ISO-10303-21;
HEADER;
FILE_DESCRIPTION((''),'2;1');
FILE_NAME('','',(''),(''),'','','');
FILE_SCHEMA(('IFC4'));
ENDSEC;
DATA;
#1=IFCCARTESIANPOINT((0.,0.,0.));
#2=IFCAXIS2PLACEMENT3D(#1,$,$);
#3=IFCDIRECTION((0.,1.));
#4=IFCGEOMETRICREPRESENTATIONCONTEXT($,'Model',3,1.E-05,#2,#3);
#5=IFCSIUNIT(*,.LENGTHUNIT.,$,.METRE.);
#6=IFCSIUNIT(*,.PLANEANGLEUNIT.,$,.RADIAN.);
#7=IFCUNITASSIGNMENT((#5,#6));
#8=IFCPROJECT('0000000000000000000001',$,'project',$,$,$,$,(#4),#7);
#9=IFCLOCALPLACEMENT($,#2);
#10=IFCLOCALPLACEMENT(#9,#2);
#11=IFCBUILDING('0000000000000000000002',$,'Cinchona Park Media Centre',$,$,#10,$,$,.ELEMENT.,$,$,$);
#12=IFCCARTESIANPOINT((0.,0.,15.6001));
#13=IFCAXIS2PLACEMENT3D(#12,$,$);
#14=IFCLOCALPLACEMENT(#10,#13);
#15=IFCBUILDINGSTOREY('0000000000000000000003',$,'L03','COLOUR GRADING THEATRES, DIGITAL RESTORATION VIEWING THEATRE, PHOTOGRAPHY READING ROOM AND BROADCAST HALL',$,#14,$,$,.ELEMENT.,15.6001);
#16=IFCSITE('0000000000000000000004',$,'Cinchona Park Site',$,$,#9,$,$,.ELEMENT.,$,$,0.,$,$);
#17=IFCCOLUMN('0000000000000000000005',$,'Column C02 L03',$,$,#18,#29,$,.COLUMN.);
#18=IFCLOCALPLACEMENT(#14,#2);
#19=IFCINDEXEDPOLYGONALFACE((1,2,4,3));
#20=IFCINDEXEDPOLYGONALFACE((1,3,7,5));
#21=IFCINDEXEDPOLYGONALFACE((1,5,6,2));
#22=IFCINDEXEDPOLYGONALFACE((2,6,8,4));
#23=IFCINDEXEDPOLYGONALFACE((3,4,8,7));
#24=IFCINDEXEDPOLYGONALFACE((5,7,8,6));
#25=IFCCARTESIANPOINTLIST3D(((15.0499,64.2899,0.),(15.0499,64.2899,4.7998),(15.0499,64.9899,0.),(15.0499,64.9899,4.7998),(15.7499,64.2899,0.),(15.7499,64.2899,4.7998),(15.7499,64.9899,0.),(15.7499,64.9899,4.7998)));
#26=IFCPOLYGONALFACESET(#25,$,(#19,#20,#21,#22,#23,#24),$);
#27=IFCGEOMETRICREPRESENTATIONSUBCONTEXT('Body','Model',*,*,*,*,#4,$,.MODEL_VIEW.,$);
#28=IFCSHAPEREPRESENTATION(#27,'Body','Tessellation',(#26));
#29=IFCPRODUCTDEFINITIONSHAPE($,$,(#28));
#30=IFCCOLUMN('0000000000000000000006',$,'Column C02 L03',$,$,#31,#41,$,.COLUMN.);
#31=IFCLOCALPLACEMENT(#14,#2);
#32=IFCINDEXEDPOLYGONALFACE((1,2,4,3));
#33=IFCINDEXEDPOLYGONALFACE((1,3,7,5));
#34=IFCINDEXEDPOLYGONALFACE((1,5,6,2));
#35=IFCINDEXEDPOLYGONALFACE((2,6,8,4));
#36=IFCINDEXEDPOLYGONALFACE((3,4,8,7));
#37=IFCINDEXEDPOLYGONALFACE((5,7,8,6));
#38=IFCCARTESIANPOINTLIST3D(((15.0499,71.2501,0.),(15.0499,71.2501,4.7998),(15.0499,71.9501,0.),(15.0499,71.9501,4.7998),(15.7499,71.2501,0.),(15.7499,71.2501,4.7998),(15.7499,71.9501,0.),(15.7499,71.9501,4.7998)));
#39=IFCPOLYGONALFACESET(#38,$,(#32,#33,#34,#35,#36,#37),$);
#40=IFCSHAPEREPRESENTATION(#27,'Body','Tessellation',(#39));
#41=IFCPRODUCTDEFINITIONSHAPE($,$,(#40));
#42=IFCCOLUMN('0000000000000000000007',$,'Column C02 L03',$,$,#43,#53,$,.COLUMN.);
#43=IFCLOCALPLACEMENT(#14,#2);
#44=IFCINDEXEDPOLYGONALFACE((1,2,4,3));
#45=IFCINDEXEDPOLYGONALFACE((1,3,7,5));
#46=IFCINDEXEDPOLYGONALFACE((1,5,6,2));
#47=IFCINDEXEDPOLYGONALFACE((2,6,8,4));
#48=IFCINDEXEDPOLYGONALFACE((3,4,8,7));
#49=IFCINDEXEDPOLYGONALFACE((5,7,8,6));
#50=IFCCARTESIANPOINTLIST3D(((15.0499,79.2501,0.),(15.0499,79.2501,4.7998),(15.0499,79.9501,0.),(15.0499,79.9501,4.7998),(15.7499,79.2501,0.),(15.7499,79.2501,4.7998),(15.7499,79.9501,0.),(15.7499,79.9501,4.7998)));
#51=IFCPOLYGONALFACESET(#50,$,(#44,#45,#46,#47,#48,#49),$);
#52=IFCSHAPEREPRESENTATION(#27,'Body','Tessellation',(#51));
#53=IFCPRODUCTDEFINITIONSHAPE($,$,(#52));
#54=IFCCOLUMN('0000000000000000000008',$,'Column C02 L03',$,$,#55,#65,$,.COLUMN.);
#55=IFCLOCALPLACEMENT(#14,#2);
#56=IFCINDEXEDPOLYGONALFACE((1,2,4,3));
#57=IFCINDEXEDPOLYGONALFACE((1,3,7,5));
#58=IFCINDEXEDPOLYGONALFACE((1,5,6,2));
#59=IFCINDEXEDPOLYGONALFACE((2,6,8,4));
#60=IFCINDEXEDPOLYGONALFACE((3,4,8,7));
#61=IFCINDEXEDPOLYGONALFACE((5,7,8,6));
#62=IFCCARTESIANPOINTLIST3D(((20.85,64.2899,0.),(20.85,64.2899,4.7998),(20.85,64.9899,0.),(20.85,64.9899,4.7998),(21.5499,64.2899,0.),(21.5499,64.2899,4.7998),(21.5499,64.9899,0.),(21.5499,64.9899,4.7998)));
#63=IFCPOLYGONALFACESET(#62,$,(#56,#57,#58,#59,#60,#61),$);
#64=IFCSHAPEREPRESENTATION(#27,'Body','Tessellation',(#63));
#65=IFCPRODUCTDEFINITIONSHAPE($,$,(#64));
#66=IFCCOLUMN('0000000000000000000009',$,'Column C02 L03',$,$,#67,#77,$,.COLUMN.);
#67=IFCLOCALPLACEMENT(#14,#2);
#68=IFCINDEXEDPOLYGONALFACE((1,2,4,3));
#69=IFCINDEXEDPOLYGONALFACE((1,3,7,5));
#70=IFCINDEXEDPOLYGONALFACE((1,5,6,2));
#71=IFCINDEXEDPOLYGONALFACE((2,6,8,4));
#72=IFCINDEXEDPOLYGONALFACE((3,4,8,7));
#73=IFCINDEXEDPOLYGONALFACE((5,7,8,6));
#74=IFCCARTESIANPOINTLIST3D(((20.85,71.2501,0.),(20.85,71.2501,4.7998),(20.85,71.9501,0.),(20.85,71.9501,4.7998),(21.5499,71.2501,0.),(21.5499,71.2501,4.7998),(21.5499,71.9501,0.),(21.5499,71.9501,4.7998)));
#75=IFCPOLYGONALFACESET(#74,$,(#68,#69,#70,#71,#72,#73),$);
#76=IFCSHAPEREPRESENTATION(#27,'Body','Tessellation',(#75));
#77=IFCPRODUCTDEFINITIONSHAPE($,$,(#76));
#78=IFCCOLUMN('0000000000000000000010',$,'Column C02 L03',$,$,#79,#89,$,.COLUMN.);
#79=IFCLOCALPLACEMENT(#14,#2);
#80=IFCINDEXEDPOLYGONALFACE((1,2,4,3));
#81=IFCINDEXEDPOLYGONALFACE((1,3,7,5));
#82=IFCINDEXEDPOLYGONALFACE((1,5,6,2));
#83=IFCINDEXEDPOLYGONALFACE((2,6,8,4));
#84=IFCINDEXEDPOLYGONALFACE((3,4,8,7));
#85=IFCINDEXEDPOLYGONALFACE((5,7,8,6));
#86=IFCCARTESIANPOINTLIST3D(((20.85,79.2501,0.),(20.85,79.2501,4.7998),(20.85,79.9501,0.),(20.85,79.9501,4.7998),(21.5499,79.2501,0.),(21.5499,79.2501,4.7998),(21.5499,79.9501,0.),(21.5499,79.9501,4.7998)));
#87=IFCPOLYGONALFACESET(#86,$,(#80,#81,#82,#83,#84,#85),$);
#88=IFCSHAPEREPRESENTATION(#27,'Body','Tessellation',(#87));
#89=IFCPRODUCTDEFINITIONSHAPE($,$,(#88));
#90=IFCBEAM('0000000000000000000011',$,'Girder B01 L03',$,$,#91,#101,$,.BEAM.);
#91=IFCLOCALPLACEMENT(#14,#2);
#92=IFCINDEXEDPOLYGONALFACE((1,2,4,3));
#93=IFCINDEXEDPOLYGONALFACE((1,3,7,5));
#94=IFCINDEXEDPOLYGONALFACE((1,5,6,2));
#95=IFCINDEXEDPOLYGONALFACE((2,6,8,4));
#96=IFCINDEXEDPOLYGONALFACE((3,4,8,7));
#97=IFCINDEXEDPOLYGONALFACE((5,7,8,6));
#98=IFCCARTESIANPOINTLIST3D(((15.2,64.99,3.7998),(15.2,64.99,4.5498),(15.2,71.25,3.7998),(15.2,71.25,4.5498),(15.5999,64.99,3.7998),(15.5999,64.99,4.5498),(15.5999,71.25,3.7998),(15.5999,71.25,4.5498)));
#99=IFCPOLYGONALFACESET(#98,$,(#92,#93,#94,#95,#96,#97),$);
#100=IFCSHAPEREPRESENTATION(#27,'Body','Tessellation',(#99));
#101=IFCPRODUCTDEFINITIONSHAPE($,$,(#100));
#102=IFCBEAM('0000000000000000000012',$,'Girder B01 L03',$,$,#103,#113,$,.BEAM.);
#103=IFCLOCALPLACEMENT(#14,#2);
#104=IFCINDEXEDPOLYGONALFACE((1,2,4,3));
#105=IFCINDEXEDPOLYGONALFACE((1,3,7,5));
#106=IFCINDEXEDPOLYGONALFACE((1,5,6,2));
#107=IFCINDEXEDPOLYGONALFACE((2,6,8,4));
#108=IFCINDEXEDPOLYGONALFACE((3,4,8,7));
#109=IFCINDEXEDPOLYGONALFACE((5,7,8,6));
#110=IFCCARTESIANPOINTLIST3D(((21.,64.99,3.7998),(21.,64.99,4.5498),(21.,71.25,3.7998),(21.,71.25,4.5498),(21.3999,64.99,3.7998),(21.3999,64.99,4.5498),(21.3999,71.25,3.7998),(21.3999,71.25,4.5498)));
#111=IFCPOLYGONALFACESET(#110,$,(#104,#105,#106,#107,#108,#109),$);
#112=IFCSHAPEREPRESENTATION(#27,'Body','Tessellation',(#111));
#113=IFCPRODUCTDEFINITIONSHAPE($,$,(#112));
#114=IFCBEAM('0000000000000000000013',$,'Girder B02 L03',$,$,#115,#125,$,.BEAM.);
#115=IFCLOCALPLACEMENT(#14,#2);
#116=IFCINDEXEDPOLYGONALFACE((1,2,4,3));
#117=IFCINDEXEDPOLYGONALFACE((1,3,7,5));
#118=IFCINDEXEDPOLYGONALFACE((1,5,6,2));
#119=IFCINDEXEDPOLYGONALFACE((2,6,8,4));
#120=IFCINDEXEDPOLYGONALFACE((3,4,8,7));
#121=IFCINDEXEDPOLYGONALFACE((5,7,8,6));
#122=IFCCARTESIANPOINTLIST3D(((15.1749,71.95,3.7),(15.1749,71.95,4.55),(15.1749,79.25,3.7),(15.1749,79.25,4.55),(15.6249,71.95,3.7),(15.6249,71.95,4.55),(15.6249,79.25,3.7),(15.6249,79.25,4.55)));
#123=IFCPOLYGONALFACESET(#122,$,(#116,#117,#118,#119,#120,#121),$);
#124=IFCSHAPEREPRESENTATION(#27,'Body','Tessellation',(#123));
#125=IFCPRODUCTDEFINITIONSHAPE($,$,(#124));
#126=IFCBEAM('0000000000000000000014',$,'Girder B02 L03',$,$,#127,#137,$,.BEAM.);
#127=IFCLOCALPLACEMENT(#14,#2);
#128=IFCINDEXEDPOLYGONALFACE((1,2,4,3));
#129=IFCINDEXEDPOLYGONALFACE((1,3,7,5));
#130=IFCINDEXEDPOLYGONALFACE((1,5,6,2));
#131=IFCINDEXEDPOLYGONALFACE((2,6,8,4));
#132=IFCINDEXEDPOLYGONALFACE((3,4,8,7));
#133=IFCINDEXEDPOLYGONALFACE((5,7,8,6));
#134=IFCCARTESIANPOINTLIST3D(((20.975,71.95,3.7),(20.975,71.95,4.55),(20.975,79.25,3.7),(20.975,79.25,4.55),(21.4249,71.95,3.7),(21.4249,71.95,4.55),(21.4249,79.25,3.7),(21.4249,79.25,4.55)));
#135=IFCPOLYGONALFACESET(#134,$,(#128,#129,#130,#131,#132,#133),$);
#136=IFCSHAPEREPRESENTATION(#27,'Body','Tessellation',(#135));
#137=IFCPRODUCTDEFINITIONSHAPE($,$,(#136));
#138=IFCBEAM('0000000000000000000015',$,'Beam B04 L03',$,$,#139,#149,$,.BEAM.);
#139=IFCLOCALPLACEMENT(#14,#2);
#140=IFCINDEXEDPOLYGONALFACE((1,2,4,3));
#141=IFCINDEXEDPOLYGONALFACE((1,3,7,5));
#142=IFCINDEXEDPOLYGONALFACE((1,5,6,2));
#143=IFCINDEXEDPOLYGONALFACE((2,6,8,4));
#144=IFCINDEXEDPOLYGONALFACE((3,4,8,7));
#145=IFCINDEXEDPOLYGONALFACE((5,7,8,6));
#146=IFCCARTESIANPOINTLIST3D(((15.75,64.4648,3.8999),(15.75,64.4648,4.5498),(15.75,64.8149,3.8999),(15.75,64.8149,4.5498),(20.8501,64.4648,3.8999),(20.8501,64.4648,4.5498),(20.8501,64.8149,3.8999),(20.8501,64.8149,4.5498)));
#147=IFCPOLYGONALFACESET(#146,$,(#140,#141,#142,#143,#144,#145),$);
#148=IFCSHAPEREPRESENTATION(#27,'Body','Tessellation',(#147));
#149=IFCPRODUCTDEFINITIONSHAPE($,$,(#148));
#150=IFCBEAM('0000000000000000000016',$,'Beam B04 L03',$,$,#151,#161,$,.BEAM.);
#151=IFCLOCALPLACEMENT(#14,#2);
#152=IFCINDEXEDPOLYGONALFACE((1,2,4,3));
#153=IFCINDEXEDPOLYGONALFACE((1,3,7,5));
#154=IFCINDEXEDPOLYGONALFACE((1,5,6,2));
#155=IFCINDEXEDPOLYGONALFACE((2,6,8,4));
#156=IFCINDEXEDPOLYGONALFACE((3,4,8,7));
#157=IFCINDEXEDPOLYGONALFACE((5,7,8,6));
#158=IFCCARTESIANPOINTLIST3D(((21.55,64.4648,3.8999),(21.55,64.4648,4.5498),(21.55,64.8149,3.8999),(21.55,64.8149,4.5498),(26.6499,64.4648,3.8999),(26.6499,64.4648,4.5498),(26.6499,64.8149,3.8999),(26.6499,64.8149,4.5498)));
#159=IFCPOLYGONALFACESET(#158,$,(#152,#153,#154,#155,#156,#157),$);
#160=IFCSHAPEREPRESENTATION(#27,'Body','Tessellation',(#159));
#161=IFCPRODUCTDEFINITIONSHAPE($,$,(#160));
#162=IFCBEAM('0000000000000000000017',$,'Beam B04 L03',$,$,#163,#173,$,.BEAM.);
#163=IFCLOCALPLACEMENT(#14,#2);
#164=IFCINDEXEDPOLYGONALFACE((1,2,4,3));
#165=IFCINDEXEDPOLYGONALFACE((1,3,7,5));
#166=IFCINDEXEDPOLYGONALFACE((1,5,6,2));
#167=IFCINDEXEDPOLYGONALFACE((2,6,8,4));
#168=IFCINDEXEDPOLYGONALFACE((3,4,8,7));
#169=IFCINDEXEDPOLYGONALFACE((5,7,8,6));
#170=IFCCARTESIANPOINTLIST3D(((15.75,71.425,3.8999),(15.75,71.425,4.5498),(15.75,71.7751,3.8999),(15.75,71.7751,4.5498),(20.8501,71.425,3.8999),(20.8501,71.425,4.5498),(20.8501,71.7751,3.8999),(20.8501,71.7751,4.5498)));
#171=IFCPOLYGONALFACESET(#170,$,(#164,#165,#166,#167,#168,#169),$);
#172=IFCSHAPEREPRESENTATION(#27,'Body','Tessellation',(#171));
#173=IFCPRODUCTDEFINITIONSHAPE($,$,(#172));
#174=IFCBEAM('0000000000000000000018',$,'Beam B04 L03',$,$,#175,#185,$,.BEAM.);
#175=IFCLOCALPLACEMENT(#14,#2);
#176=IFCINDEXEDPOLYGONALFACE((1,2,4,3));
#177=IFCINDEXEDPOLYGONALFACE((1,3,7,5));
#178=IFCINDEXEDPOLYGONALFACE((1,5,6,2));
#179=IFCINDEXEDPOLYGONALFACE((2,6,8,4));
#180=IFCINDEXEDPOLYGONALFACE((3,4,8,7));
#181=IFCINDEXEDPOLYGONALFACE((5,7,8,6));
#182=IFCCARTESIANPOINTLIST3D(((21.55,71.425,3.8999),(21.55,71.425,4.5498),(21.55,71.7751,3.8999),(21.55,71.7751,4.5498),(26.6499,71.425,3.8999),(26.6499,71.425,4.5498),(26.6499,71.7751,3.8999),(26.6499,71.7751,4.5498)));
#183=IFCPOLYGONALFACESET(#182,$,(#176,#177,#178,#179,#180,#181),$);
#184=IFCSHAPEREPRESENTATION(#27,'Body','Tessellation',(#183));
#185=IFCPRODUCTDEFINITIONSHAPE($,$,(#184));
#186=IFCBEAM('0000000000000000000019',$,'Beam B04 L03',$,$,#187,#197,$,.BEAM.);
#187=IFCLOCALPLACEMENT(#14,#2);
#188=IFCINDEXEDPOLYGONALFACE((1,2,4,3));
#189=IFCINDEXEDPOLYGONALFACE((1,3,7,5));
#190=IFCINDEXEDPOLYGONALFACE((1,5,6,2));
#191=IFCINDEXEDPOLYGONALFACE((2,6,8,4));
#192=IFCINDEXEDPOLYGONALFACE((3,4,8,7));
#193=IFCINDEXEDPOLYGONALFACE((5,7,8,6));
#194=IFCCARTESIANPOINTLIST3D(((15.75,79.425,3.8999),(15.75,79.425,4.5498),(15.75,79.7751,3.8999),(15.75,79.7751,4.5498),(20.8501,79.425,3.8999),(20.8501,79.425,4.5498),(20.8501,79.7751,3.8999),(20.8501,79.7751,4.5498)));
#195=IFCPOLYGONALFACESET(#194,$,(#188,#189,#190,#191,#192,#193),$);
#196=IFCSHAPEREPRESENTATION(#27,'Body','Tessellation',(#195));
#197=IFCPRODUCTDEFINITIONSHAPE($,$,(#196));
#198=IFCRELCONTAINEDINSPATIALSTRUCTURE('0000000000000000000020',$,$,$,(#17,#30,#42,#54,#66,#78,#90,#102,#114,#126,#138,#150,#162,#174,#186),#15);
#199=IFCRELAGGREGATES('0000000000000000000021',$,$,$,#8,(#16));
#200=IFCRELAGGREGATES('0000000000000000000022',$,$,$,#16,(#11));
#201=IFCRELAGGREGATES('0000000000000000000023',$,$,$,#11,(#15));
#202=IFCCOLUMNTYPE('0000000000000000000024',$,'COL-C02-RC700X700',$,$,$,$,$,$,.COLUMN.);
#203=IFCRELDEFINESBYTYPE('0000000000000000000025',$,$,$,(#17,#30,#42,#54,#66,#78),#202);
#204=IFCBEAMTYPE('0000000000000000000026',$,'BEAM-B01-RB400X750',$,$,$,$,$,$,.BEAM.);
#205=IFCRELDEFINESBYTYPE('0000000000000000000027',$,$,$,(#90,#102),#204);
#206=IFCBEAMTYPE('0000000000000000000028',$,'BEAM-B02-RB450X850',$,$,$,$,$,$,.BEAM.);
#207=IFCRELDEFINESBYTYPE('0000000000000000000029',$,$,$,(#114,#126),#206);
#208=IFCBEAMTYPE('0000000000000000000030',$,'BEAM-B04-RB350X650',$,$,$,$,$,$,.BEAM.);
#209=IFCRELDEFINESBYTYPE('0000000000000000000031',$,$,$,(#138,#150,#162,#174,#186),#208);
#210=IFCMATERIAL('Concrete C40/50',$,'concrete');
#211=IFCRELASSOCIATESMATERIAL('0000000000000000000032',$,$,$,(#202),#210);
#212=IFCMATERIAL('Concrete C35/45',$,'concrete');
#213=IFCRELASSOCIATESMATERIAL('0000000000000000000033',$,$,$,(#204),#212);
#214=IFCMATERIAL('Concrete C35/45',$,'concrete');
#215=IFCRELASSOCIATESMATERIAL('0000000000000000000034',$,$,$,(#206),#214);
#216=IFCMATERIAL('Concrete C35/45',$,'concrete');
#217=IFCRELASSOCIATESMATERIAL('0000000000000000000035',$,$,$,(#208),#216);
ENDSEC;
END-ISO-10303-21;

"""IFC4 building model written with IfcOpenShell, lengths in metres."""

from ifc_helpers import new_model, si_unit, direction, frame, origin, origin_2d, place, context, subcontext, project, spatial, rectangle, extrude, material, material_profile, profile_set, type_object, element, save


model = new_model("IFC4")

# Units and contexts
model_context = context("Model", 3, precision=1e-05, world=origin(), true_north=direction((0.0, 1.0)))
body_context = subcontext(model_context, "Body", "Model", "MODEL_VIEW")
ifc_project = project(units=[si_unit("LENGTHUNIT", "METRE"), si_unit("PLANEANGLEUNIT", "RADIAN")], contexts=[model_context])

# Site, building, storey
site_placement = place(None, origin())
site = spatial("IfcSite", under=ifc_project, at=site_placement, Name="Cinchona Park Site", CompositionType="ELEMENT", RefElevation=0.0)
building_placement = place(site_placement, origin())
building = spatial("IfcBuilding", under=site, at=building_placement, Name="Cinchona Park Media Centre", CompositionType="ELEMENT")
storey_placement = place(building_placement, frame((0.0, 0.0, 15.6001)))
storey = spatial("IfcBuildingStorey", under=building, at=storey_placement, Name="L03", Description="COLOUR GRADING THEATRES, DIGITAL RESTORATION VIEWING THEATRE, PHOTOGRAPHY READING ROOM AND BROADCAST HALL", CompositionType="ELEMENT", Elevation=15.6001)

# Columns
ifc_material_1 = material(Name="Concrete C40/50", Category="concrete")
ifc_material_profile_1 = material_profile(ifc_material_1, rectangle(XDim=0.7, YDim=0.7, at=origin_2d()), Name="RC 700X700")
ifc_profile_set_1 = profile_set([ifc_material_profile_1], Name="Concrete C40/50")
column_type = type_object("IfcColumnType", Name="COL-C02-RC700X700", PredefinedType="COLUMN", material=ifc_profile_set_1)
for number, where, z_axis, x_axis, name in (
    (1, (15.3999, 64.6399, 0.0), (0.0, 0.0, 1.0), (1.0, 0.0, 0.0), "Column C02 L03"),
    (2, (15.3999, 71.6001, 0.0), (0.0, 0.0, 1.0), (1.0, 0.0, 0.0), "Column C02 L03"),
    (3, (15.3999, 79.6001, 0.0), (0.0, 0.0, 1.0), (1.0, 0.0, 0.0), "Column C02 L03"),
    (4, (21.2, 64.6399, 0.0), (0.0, 0.0, 1.0), (1.0, 0.0, 0.0), "Column C02 L03"),
    (5, (21.2, 71.6001, 0.0), (0.0, 0.0, 1.0), (1.0, 0.0, 0.0), "Column C02 L03"),
    (6, (21.2, 79.6001, 0.0), (0.0, 0.0, 1.0), (1.0, 0.0, 0.0), "Column C02 L03"),
):
    element("IfcColumn", number, at=place(storey_placement, frame(where, z_axis=z_axis, x_axis=x_axis)), inside=storey, type_object=column_type, Name=name, PredefinedType="COLUMN", context=body_context, shape_type="SweptSolid", body=[
        extrude(rectangle(XDim=0.7, YDim=0.7, at=origin_2d()), origin(), (0.0, 0.0, 1.0), 4.7998),
    ])

# Beams
ifc_material_2 = material(Name="Concrete C35/45", Category="concrete")
ifc_material_profile_2 = material_profile(ifc_material_2, rectangle(XDim=0.3999, YDim=0.75, at=origin_2d()), Name="RB 400X750")
ifc_profile_set_2 = profile_set([ifc_material_profile_2], Name="Concrete C35/45")
beam_type_1 = type_object("IfcBeamType", Name="BEAM-B01-RB400X750", PredefinedType="BEAM", material=ifc_profile_set_2)
for number, where, z_axis, x_axis, name in (
    (7, (15.3999, 64.99, 4.1748), (0.0, 1.0, 0.0), (-1.0, 0.0, 0.0), "Girder B01 L03"),
    (8, (21.2, 64.99, 4.1748), (0.0, 1.0, 0.0), (-1.0, 0.0, 0.0), "Girder B01 L03"),
):
    element("IfcBeam", number, at=place(storey_placement, frame(where, z_axis=z_axis, x_axis=x_axis)), inside=storey, type_object=beam_type_1, Name=name, PredefinedType="BEAM", context=body_context, shape_type="SweptSolid", body=[
        extrude(rectangle(XDim=0.3999, YDim=0.75, at=origin_2d()), origin(), (0.0, 0.0, 1.0), 6.26),
    ])
ifc_material_3 = material(Name="Concrete C35/45", Category="concrete")
ifc_material_profile_3 = material_profile(ifc_material_3, rectangle(XDim=0.45, YDim=0.8501, at=origin_2d()), Name="RB 450X850")
ifc_profile_set_3 = profile_set([ifc_material_profile_3], Name="Concrete C35/45")
beam_type_2 = type_object("IfcBeamType", Name="BEAM-B02-RB450X850", PredefinedType="BEAM", material=ifc_profile_set_3)
for number, where, z_axis, x_axis, name in (
    (9, (15.3999, 71.95, 4.125), (0.0, 1.0, 0.0), (-1.0, 0.0, 0.0), "Girder B02 L03"),
    (10, (21.2, 71.95, 4.125), (0.0, 1.0, 0.0), (-1.0, 0.0, 0.0), "Girder B02 L03"),
):
    element("IfcBeam", number, at=place(storey_placement, frame(where, z_axis=z_axis, x_axis=x_axis)), inside=storey, type_object=beam_type_2, Name=name, PredefinedType="BEAM", context=body_context, shape_type="SweptSolid", body=[
        extrude(rectangle(XDim=0.45, YDim=0.8501, at=origin_2d()), origin(), (0.0, 0.0, 1.0), 7.3),
    ])
ifc_material_4 = material(Name="Concrete C35/45", Category="concrete")
ifc_material_profile_4 = material_profile(ifc_material_4, rectangle(XDim=0.3501, YDim=0.6499, at=origin_2d()), Name="RB 350X650")
ifc_profile_set_4 = profile_set([ifc_material_profile_4], Name="Concrete C35/45")
beam_type_3 = type_object("IfcBeamType", Name="BEAM-B04-RB350X650", PredefinedType="BEAM", material=ifc_profile_set_4)
beam_1_placement = place(storey_placement, frame((15.75, 64.6399, 4.2249), z_axis=(1.0, 0.0, 0.0), x_axis=(0.0, 1.0, 0.0)))
element("IfcBeam", 11, at=beam_1_placement, inside=storey, type_object=beam_type_3, Name="Beam B04 L03", PredefinedType="BEAM", context=body_context, shape_type="SweptSolid", body=[
    extrude(rectangle(XDim=0.3501, YDim=0.6499, at=origin_2d()), origin(), (0.0, 0.0, 1.0), 5.1001),
])
beam_2_placement = place(storey_placement, frame((21.55, 64.6399, 4.2249), z_axis=(1.0, 0.0, 0.0), x_axis=(0.0, 1.0, 0.0)))
element("IfcBeam", 12, at=beam_2_placement, inside=storey, type_object=beam_type_3, Name="Beam B04 L03", PredefinedType="BEAM", context=body_context, shape_type="SweptSolid", body=[
    extrude(rectangle(XDim=0.3501, YDim=0.6499, at=origin_2d()), origin(), (0.0, 0.0, 1.0), 5.0999),
])
beam_3_placement = place(storey_placement, frame((15.75, 71.6001, 4.2249), z_axis=(1.0, 0.0, 0.0), x_axis=(0.0, 1.0, 0.0)))
element("IfcBeam", 13, at=beam_3_placement, inside=storey, type_object=beam_type_3, Name="Beam B04 L03", PredefinedType="BEAM", context=body_context, shape_type="SweptSolid", body=[
    extrude(rectangle(XDim=0.3501, YDim=0.6499, at=origin_2d()), origin(), (0.0, 0.0, 1.0), 5.1001),
])
beam_4_placement = place(storey_placement, frame((21.55, 71.6001, 4.2249), z_axis=(1.0, 0.0, 0.0), x_axis=(0.0, 1.0, 0.0)))
element("IfcBeam", 14, at=beam_4_placement, inside=storey, type_object=beam_type_3, Name="Beam B04 L03", PredefinedType="BEAM", context=body_context, shape_type="SweptSolid", body=[
    extrude(rectangle(XDim=0.3501, YDim=0.6499, at=origin_2d()), origin(), (0.0, 0.0, 1.0), 5.0999),
])
beam_5_placement = place(storey_placement, frame((15.75, 79.6001, 4.2249), z_axis=(1.0, 0.0, 0.0), x_axis=(0.0, 1.0, 0.0)))
element("IfcBeam", 15, at=beam_5_placement, inside=storey, type_object=beam_type_3, Name="Beam B04 L03", PredefinedType="BEAM", context=body_context, shape_type="SweptSolid", body=[
    extrude(rectangle(XDim=0.3501, YDim=0.6499, at=origin_2d()), origin(), (0.0, 0.0, 1.0), 5.1001),
])

save(model, "model.ifc")
